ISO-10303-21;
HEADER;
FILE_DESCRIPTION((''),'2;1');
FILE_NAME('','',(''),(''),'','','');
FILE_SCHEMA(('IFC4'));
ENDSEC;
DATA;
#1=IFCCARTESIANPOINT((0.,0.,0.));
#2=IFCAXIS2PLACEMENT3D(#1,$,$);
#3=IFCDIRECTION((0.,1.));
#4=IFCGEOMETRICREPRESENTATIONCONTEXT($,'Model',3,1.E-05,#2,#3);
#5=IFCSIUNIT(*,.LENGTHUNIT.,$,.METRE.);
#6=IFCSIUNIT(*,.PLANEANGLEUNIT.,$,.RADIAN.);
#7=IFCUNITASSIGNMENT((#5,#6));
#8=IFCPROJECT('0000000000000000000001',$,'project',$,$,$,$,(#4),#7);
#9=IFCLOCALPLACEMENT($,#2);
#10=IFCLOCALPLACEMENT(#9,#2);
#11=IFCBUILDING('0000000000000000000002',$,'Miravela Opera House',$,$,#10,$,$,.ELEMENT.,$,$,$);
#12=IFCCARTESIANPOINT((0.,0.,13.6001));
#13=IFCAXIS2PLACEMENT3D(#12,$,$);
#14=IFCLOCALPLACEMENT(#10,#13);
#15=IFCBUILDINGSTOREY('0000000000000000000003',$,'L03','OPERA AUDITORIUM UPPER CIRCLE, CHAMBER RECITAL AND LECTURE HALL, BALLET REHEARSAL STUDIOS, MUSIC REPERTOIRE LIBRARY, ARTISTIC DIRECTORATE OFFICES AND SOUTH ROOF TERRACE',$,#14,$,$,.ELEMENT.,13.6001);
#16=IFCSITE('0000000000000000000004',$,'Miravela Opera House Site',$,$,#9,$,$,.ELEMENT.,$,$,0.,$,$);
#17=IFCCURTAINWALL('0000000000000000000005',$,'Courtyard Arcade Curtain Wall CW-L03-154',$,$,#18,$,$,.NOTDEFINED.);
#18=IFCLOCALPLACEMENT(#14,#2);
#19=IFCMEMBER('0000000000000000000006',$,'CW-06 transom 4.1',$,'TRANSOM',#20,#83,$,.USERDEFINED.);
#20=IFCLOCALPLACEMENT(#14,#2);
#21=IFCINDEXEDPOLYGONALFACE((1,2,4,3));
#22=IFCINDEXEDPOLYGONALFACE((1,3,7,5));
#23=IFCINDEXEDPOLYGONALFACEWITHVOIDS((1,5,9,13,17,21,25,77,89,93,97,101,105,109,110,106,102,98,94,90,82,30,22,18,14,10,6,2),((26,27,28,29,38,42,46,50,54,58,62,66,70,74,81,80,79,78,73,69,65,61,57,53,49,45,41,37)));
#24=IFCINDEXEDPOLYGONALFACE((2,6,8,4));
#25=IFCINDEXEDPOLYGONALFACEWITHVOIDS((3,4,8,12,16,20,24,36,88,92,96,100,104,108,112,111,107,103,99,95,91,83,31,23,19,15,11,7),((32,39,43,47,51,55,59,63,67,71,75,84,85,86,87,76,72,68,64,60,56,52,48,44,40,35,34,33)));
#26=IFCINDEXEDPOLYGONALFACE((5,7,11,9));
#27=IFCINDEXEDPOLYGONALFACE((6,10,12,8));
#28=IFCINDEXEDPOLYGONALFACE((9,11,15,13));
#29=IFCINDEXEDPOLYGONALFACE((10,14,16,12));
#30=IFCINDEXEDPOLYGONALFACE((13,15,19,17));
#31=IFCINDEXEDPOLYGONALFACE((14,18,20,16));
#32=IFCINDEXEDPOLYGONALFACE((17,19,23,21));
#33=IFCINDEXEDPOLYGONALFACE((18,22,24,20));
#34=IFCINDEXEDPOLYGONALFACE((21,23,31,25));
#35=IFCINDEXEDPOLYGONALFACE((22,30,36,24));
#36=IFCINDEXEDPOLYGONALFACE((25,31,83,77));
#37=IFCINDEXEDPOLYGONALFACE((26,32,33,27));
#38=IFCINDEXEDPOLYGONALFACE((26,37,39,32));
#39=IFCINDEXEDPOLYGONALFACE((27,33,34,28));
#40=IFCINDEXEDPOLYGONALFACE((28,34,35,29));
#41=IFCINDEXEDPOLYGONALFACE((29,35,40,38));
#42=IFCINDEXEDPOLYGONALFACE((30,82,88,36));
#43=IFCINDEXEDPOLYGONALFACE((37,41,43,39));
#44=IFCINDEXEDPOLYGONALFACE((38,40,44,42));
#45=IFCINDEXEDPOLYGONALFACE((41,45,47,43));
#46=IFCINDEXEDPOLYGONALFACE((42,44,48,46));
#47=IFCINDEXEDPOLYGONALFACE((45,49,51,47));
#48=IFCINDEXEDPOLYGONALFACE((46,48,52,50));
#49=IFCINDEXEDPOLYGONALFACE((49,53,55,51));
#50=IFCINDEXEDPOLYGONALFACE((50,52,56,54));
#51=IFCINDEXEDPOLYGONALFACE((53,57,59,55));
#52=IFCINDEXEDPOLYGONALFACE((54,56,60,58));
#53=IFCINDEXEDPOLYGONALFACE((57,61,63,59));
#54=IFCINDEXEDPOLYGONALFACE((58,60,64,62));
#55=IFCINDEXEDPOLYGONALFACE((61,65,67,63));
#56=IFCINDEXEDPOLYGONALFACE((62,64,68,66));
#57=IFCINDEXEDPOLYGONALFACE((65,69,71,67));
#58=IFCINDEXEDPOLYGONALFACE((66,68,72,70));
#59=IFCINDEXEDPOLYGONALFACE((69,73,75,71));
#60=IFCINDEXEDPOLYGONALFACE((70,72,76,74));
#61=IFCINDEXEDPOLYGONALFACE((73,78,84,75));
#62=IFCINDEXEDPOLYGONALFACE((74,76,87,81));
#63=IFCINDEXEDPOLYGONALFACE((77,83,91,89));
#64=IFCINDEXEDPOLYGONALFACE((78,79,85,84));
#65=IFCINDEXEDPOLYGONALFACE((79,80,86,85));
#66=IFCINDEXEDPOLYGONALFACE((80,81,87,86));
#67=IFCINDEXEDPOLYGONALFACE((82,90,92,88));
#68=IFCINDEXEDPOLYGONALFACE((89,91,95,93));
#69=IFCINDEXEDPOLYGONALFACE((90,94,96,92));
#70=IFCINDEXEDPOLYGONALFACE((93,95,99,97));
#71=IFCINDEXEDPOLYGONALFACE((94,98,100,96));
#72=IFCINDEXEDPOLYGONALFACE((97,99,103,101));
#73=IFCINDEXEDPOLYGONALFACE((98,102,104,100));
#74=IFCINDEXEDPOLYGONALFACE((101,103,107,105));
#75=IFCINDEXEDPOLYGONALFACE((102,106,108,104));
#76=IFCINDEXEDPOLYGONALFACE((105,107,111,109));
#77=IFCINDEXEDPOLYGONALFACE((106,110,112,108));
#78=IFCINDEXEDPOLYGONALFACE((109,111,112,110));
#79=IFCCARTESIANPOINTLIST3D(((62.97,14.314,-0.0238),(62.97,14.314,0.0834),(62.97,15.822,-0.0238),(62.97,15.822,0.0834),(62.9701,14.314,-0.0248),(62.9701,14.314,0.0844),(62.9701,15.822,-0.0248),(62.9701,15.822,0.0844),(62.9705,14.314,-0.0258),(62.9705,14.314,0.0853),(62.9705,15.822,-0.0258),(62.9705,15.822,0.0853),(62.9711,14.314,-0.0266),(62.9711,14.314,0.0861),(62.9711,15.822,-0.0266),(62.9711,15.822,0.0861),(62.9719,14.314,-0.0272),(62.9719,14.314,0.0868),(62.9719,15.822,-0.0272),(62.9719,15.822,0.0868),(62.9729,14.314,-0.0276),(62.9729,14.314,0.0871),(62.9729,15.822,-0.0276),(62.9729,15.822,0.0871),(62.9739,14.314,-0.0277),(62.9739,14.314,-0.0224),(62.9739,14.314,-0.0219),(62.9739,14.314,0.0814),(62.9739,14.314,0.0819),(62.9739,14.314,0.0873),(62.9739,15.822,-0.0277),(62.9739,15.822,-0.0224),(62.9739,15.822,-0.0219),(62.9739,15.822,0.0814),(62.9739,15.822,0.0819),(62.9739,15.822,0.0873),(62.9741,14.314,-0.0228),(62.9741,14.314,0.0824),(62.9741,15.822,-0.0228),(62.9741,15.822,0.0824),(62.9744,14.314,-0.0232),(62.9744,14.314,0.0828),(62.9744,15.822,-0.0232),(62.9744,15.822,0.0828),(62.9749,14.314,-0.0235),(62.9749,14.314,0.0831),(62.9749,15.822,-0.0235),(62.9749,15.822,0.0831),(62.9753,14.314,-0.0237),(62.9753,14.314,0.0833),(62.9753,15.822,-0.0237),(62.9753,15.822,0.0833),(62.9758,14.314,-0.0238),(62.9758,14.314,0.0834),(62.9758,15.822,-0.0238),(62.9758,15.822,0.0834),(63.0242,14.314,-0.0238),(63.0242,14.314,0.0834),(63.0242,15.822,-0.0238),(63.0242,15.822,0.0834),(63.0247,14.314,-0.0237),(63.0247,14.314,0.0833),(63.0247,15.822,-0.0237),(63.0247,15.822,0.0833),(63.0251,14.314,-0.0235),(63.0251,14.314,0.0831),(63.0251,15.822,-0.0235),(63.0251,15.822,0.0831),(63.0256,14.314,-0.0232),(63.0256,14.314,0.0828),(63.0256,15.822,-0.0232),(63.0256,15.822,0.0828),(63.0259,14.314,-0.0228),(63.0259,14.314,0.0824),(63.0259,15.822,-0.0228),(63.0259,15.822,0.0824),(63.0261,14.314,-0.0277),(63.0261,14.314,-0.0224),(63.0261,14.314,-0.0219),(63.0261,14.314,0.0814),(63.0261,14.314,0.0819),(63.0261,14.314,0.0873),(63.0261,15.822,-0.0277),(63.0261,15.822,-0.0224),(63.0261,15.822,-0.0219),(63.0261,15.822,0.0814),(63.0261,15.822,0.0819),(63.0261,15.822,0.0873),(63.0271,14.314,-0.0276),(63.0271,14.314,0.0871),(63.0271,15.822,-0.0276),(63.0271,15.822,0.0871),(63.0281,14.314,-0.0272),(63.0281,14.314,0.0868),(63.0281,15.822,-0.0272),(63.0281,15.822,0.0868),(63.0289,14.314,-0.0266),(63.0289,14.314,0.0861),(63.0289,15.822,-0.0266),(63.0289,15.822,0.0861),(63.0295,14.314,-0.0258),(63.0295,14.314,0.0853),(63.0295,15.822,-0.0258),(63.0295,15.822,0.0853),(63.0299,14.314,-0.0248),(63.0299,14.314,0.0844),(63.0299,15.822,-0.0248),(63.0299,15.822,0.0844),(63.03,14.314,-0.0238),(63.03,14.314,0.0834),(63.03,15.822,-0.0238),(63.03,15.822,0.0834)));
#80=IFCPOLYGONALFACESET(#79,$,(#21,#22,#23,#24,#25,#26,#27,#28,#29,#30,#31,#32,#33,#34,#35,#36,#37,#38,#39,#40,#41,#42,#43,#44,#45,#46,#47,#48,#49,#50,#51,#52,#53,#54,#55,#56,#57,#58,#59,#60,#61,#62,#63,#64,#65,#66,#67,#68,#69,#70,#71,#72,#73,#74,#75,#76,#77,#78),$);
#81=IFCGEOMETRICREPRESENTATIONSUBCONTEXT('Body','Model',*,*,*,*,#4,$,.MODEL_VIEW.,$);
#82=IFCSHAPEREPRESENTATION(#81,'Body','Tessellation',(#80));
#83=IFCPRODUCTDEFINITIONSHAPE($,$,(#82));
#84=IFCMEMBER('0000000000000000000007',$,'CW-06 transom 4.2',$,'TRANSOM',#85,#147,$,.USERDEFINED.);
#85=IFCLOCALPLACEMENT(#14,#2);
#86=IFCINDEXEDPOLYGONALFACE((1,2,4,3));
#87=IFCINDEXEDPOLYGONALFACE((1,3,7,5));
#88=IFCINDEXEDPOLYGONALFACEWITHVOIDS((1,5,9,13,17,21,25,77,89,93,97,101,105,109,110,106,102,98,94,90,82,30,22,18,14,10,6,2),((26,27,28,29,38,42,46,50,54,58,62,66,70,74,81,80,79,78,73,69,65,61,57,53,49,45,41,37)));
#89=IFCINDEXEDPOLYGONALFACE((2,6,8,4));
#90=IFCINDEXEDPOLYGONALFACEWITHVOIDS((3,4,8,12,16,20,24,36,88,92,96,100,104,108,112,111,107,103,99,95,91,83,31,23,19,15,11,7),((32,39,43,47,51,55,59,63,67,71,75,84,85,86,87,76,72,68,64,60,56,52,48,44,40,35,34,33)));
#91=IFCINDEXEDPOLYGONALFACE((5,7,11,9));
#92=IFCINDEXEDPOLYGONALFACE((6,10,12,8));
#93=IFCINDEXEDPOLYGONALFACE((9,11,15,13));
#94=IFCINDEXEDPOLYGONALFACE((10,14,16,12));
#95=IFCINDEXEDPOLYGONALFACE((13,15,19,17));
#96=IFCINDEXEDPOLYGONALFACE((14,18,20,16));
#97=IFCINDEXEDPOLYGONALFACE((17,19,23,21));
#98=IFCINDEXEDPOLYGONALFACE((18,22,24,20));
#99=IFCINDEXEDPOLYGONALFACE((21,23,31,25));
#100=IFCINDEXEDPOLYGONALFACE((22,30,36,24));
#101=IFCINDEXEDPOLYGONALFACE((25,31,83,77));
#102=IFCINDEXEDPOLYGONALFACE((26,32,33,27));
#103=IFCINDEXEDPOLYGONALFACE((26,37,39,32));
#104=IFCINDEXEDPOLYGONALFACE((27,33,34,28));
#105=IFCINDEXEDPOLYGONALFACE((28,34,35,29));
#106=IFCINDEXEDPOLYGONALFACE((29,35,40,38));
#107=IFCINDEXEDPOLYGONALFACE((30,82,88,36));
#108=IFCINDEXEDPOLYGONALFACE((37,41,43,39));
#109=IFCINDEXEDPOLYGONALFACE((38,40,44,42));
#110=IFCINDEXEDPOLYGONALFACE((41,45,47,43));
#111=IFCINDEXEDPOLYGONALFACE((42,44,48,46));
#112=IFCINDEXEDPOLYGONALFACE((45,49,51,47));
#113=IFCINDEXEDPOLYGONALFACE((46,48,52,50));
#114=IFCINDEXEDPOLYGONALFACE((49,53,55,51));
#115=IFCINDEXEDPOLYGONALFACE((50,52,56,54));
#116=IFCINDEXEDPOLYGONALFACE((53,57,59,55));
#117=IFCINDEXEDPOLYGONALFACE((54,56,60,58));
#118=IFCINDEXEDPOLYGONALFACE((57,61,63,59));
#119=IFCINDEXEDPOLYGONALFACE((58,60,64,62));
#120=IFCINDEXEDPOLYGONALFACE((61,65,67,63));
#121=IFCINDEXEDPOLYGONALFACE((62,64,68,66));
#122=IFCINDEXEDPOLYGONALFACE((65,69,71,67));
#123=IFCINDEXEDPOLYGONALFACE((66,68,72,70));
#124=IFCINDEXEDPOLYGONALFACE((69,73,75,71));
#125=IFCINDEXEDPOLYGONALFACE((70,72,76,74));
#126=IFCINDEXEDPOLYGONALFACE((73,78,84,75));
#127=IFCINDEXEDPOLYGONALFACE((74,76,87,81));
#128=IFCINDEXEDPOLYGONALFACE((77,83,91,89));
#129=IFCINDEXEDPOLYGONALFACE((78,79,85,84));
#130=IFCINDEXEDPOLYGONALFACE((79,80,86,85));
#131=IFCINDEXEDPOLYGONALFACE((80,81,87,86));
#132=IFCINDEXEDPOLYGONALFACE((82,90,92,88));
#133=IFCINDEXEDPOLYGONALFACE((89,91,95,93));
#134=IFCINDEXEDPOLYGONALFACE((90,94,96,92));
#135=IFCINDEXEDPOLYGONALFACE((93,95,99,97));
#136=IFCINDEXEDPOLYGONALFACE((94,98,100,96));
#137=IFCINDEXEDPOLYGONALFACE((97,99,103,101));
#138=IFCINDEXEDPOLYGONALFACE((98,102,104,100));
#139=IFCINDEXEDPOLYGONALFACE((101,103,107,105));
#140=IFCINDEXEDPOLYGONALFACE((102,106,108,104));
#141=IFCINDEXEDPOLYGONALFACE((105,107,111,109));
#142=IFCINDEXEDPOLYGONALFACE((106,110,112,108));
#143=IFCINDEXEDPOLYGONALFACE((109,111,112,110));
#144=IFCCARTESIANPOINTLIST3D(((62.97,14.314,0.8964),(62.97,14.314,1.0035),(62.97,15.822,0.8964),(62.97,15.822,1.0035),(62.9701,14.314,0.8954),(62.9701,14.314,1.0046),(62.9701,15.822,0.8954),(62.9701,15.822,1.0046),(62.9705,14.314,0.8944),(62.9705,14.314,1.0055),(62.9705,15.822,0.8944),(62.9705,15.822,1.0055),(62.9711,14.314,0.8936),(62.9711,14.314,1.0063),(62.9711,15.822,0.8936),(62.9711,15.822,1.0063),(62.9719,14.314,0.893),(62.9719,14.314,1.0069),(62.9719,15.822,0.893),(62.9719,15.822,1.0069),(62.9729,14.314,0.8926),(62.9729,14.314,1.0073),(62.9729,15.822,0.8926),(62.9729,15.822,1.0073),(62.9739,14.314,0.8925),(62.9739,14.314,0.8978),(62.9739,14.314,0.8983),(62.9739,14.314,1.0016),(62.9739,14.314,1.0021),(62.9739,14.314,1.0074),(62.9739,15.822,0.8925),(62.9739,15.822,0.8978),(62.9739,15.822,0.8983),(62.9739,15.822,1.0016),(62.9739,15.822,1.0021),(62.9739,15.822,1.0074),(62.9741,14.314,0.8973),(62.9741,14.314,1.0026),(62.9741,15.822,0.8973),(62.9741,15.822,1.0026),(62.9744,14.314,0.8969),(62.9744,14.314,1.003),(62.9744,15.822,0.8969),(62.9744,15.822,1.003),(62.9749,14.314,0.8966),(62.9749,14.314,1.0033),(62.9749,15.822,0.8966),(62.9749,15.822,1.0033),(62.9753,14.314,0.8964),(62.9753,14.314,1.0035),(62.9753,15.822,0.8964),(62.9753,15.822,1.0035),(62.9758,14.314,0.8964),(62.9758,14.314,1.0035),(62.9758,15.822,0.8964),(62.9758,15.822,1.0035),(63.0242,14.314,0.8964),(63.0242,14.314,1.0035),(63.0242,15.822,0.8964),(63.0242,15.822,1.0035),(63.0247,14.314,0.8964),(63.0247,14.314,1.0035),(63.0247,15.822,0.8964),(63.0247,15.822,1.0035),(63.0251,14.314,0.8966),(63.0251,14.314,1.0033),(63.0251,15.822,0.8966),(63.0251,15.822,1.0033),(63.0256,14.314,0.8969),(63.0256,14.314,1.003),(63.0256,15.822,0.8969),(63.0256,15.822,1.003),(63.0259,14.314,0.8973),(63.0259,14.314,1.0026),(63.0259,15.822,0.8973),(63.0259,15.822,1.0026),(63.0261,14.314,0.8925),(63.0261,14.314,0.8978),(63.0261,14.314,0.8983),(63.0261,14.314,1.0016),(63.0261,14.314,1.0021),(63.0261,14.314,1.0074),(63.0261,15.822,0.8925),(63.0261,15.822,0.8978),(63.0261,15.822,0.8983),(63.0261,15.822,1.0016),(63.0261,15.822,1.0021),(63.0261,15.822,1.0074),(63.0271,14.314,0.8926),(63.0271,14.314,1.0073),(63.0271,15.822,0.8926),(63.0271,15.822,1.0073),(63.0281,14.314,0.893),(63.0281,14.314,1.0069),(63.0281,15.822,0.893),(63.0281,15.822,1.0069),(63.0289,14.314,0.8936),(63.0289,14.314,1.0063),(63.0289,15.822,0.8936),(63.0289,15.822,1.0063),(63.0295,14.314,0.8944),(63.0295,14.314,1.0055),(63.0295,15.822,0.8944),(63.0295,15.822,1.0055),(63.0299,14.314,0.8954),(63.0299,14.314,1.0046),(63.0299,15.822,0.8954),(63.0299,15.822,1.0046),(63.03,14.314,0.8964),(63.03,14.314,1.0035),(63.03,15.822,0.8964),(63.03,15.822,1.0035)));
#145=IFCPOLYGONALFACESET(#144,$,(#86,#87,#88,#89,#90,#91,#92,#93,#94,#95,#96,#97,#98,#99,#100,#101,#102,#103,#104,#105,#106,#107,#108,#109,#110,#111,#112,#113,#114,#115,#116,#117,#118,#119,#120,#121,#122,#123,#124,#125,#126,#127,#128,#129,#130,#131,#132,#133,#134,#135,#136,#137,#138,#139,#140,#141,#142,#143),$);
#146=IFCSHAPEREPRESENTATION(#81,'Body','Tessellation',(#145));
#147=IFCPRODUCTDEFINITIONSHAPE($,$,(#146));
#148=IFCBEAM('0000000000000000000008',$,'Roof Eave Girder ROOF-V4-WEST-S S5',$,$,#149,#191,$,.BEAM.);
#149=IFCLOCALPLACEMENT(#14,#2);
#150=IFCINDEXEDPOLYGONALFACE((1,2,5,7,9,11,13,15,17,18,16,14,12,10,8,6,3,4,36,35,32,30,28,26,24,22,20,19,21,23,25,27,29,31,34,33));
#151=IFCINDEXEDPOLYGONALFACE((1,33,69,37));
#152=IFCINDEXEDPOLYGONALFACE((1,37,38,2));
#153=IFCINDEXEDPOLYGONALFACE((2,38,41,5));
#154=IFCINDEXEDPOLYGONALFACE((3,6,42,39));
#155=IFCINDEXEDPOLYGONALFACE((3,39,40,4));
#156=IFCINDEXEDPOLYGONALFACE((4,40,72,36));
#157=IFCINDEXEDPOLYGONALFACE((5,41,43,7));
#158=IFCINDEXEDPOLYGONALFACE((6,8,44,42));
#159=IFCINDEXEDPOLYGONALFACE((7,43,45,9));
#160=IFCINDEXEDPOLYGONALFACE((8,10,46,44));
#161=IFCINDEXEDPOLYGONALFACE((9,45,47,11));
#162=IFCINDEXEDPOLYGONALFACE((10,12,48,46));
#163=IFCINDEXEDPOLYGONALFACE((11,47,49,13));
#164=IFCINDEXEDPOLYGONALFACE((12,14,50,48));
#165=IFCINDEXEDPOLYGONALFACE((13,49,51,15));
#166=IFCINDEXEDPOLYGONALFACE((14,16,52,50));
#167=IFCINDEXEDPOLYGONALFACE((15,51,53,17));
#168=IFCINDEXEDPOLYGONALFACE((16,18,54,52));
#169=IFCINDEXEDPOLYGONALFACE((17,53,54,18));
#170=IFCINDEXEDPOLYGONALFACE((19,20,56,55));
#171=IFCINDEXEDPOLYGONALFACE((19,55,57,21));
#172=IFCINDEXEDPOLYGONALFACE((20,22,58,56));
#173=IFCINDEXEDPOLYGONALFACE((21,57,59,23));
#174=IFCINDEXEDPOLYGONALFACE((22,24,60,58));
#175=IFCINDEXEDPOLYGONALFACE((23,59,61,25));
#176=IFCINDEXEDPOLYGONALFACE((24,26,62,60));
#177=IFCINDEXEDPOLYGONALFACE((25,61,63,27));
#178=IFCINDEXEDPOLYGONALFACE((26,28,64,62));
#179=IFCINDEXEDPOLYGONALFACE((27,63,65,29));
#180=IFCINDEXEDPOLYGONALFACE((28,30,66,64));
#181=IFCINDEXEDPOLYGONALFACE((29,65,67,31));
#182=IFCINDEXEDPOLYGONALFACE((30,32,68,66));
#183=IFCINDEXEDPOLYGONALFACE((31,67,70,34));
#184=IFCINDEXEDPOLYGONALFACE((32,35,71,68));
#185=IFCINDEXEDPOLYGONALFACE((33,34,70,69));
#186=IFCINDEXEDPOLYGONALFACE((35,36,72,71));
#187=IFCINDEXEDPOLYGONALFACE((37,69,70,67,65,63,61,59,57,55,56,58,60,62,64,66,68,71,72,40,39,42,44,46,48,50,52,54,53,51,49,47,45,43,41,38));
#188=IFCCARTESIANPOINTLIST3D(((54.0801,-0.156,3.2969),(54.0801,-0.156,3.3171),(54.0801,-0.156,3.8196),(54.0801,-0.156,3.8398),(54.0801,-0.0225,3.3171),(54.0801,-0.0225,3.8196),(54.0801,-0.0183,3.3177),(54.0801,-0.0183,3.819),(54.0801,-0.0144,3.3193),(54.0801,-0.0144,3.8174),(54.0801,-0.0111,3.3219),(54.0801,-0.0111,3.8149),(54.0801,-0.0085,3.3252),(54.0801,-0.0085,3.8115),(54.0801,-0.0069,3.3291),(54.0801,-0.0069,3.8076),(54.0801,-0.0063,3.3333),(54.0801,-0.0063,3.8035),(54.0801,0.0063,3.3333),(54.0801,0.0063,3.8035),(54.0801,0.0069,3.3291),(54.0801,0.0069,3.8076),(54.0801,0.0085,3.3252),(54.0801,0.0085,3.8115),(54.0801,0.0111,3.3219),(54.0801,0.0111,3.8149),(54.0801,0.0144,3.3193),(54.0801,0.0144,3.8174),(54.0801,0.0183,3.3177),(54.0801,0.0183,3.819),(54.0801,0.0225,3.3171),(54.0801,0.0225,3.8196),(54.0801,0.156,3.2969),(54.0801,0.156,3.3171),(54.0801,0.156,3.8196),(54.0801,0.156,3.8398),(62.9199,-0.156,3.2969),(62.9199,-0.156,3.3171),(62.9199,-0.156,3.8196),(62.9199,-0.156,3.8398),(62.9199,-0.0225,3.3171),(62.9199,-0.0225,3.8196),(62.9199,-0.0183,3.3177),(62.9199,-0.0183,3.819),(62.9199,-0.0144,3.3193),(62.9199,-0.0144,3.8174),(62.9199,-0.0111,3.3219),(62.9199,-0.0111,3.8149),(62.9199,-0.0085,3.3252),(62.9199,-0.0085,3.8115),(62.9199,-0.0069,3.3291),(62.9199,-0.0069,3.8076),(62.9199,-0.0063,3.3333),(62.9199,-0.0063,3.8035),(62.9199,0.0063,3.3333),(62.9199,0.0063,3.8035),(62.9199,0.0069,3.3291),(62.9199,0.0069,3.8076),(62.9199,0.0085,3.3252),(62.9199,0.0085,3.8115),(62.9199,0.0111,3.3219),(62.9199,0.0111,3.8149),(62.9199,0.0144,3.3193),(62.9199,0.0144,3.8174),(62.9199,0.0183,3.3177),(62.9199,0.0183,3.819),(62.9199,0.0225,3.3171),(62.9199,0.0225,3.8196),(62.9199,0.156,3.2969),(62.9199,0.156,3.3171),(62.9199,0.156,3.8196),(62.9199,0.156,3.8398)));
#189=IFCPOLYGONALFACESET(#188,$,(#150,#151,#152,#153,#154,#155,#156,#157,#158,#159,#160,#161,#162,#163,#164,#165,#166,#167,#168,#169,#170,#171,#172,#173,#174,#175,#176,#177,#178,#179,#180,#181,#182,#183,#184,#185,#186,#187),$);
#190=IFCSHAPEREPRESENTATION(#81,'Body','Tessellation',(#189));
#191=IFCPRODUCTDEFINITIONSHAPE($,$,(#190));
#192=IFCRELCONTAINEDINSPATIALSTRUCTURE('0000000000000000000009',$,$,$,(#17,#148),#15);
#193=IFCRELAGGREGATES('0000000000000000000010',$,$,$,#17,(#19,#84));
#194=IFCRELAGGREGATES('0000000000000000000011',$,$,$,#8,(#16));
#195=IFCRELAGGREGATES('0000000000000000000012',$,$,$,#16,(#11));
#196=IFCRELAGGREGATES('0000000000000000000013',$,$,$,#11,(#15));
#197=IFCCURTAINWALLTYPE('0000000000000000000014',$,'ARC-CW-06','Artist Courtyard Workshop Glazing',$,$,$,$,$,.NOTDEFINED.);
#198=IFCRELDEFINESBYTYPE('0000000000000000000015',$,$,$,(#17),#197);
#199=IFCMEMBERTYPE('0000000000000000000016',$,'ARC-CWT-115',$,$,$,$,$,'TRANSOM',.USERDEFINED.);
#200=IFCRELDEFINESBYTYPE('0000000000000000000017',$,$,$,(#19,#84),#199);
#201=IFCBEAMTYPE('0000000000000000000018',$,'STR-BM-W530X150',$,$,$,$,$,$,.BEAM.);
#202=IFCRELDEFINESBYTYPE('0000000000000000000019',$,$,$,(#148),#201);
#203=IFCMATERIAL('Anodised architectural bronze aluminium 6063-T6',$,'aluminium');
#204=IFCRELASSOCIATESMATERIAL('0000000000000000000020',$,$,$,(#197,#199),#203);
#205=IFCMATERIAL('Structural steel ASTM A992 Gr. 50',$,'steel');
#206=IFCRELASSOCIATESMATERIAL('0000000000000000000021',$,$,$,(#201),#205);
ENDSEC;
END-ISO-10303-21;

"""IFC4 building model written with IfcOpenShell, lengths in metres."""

from ifc_helpers import new_model, si_unit, direction, frame, origin, origin_2d, place, context, subcontext, project, spatial, hollow_rectangle, i_section, extrude, material, material_profile, profile_set, type_object, element, aggregate, save


model = new_model("IFC4")

# Units and contexts
model_context = context("Model", 3, precision=1e-05, world=origin(), true_north=direction((0.0, 1.0)))
body_context = subcontext(model_context, "Body", "Model", "MODEL_VIEW")
ifc_project = project(units=[si_unit("LENGTHUNIT", "METRE"), si_unit("PLANEANGLEUNIT", "RADIAN")], contexts=[model_context])

# Site, building, storey
site_placement = place(None, origin())
site = spatial("IfcSite", under=ifc_project, at=site_placement, Name="Miravela Opera House Site", CompositionType="ELEMENT", RefElevation=0.0)
building_placement = place(site_placement, origin())
building = spatial("IfcBuilding", under=site, at=building_placement, Name="Miravela Opera House", CompositionType="ELEMENT")
storey_placement = place(building_placement, frame((0.0, 0.0, 13.6001)))
storey = spatial("IfcBuildingStorey", under=building, at=storey_placement, Name="L03", Description="OPERA AUDITORIUM UPPER CIRCLE, CHAMBER RECITAL AND LECTURE HALL, BALLET REHEARSAL STUDIOS, MUSIC REPERTOIRE LIBRARY, ARTISTIC DIRECTORATE OFFICES AND SOUTH ROOF TERRACE", CompositionType="ELEMENT", Elevation=13.6001)

# Curtain wall, members
ifc_material_1 = material(Name="Anodised architectural bronze aluminium 6063-T6", Category="aluminium")
curtain_wall_type = type_object("IfcCurtainWallType", Name="ARC-CW-06", Description="Artist Courtyard Workshop Glazing", PredefinedType="NOTDEFINED", material=ifc_material_1)
curtain_wall_placement = place(storey_placement, origin())
curtain_wall = element("IfcCurtainWall", 1, at=curtain_wall_placement, inside=storey, type_object=curtain_wall_type, Name="Courtyard Arcade Curtain Wall CW-L03-154", PredefinedType="NOTDEFINED")
ifc_material_profile_1 = material_profile(ifc_material_1, hollow_rectangle(XDim=0.0601, YDim=0.115, WallThickness=0.0039, InnerFilletRadius=0.002, OuterFilletRadius=0.0039, at=origin_2d()), Name="CWT-60X115")
ifc_profile_set_1 = profile_set([ifc_material_profile_1])
member_type_1 = type_object("IfcMemberType", Name="ARC-CWT-115", ElementType="TRANSOM", PredefinedType="USERDEFINED", material=ifc_profile_set_1)
member_1_placement = place(storey_placement, frame((63.0, 14.314, 0.0298), z_axis=(0.0, 1.0, 0.0), x_axis=(-1.0, 0.0, 0.0)))
member_1 = element("IfcMember", 2, at=member_1_placement, type_object=member_type_1, Name="CW-06 transom 4.1", ObjectType="TRANSOM", PredefinedType="USERDEFINED", context=body_context, shape_type="SweptSolid", body=[
    extrude(hollow_rectangle(XDim=0.0601, YDim=0.115, WallThickness=0.0039, InnerFilletRadius=0.002, OuterFilletRadius=0.0039, at=origin_2d()), origin(), (0.0, 0.0, 1.0), 1.5081),
])
member_2_placement = place(storey_placement, frame((63.0, 14.314, 0.95), z_axis=(0.0, 1.0, 0.0), x_axis=(-1.0, 0.0, 0.0)))
member_2 = element("IfcMember", 3, at=member_2_placement, type_object=member_type_1, Name="CW-06 transom 4.2", ObjectType="TRANSOM", PredefinedType="USERDEFINED", context=body_context, shape_type="SweptSolid", body=[
    extrude(hollow_rectangle(XDim=0.0601, YDim=0.115, WallThickness=0.0039, InnerFilletRadius=0.002, OuterFilletRadius=0.0039, at=origin_2d()), origin(), (0.0, 0.0, 1.0), 1.5081),
])

# Beam
ifc_material_2 = material(Name="Structural steel ASTM A992 Gr. 50", Category="steel")
ifc_material_profile_2 = material_profile(ifc_material_2, i_section(OverallWidth=0.312, OverallDepth=0.543, WebThickness=0.0127, FlangeThickness=0.0203, FilletRadius=0.0161, at=origin_2d()), Name="W530X150")
ifc_profile_set_2 = profile_set([ifc_material_profile_2])
beam_type = type_object("IfcBeamType", Name="STR-BM-W530X150", PredefinedType="BEAM", material=ifc_profile_set_2)
for number, where, z_axis, x_axis, name in (
    (4, (54.0801, 0.0, 3.5684), (1.0, 0.0, 0.0), (0.0, 1.0, 0.0), "Roof Eave Girder ROOF-V4-WEST-S S5"),
):
    element("IfcBeam", number, at=place(storey_placement, frame(where, z_axis=z_axis, x_axis=x_axis)), inside=storey, type_object=beam_type, Name=name, PredefinedType="BEAM", context=body_context, shape_type="SweptSolid", body=[
        extrude(i_section(OverallWidth=0.312, OverallDepth=0.543, WebThickness=0.0127, FlangeThickness=0.0203, FilletRadius=0.0161, at=origin_2d()), origin(), (0.0, 0.0, 1.0), 8.8398),
    ])

aggregate(curtain_wall, [member_1, member_2])

save(model, "model.ifc")
